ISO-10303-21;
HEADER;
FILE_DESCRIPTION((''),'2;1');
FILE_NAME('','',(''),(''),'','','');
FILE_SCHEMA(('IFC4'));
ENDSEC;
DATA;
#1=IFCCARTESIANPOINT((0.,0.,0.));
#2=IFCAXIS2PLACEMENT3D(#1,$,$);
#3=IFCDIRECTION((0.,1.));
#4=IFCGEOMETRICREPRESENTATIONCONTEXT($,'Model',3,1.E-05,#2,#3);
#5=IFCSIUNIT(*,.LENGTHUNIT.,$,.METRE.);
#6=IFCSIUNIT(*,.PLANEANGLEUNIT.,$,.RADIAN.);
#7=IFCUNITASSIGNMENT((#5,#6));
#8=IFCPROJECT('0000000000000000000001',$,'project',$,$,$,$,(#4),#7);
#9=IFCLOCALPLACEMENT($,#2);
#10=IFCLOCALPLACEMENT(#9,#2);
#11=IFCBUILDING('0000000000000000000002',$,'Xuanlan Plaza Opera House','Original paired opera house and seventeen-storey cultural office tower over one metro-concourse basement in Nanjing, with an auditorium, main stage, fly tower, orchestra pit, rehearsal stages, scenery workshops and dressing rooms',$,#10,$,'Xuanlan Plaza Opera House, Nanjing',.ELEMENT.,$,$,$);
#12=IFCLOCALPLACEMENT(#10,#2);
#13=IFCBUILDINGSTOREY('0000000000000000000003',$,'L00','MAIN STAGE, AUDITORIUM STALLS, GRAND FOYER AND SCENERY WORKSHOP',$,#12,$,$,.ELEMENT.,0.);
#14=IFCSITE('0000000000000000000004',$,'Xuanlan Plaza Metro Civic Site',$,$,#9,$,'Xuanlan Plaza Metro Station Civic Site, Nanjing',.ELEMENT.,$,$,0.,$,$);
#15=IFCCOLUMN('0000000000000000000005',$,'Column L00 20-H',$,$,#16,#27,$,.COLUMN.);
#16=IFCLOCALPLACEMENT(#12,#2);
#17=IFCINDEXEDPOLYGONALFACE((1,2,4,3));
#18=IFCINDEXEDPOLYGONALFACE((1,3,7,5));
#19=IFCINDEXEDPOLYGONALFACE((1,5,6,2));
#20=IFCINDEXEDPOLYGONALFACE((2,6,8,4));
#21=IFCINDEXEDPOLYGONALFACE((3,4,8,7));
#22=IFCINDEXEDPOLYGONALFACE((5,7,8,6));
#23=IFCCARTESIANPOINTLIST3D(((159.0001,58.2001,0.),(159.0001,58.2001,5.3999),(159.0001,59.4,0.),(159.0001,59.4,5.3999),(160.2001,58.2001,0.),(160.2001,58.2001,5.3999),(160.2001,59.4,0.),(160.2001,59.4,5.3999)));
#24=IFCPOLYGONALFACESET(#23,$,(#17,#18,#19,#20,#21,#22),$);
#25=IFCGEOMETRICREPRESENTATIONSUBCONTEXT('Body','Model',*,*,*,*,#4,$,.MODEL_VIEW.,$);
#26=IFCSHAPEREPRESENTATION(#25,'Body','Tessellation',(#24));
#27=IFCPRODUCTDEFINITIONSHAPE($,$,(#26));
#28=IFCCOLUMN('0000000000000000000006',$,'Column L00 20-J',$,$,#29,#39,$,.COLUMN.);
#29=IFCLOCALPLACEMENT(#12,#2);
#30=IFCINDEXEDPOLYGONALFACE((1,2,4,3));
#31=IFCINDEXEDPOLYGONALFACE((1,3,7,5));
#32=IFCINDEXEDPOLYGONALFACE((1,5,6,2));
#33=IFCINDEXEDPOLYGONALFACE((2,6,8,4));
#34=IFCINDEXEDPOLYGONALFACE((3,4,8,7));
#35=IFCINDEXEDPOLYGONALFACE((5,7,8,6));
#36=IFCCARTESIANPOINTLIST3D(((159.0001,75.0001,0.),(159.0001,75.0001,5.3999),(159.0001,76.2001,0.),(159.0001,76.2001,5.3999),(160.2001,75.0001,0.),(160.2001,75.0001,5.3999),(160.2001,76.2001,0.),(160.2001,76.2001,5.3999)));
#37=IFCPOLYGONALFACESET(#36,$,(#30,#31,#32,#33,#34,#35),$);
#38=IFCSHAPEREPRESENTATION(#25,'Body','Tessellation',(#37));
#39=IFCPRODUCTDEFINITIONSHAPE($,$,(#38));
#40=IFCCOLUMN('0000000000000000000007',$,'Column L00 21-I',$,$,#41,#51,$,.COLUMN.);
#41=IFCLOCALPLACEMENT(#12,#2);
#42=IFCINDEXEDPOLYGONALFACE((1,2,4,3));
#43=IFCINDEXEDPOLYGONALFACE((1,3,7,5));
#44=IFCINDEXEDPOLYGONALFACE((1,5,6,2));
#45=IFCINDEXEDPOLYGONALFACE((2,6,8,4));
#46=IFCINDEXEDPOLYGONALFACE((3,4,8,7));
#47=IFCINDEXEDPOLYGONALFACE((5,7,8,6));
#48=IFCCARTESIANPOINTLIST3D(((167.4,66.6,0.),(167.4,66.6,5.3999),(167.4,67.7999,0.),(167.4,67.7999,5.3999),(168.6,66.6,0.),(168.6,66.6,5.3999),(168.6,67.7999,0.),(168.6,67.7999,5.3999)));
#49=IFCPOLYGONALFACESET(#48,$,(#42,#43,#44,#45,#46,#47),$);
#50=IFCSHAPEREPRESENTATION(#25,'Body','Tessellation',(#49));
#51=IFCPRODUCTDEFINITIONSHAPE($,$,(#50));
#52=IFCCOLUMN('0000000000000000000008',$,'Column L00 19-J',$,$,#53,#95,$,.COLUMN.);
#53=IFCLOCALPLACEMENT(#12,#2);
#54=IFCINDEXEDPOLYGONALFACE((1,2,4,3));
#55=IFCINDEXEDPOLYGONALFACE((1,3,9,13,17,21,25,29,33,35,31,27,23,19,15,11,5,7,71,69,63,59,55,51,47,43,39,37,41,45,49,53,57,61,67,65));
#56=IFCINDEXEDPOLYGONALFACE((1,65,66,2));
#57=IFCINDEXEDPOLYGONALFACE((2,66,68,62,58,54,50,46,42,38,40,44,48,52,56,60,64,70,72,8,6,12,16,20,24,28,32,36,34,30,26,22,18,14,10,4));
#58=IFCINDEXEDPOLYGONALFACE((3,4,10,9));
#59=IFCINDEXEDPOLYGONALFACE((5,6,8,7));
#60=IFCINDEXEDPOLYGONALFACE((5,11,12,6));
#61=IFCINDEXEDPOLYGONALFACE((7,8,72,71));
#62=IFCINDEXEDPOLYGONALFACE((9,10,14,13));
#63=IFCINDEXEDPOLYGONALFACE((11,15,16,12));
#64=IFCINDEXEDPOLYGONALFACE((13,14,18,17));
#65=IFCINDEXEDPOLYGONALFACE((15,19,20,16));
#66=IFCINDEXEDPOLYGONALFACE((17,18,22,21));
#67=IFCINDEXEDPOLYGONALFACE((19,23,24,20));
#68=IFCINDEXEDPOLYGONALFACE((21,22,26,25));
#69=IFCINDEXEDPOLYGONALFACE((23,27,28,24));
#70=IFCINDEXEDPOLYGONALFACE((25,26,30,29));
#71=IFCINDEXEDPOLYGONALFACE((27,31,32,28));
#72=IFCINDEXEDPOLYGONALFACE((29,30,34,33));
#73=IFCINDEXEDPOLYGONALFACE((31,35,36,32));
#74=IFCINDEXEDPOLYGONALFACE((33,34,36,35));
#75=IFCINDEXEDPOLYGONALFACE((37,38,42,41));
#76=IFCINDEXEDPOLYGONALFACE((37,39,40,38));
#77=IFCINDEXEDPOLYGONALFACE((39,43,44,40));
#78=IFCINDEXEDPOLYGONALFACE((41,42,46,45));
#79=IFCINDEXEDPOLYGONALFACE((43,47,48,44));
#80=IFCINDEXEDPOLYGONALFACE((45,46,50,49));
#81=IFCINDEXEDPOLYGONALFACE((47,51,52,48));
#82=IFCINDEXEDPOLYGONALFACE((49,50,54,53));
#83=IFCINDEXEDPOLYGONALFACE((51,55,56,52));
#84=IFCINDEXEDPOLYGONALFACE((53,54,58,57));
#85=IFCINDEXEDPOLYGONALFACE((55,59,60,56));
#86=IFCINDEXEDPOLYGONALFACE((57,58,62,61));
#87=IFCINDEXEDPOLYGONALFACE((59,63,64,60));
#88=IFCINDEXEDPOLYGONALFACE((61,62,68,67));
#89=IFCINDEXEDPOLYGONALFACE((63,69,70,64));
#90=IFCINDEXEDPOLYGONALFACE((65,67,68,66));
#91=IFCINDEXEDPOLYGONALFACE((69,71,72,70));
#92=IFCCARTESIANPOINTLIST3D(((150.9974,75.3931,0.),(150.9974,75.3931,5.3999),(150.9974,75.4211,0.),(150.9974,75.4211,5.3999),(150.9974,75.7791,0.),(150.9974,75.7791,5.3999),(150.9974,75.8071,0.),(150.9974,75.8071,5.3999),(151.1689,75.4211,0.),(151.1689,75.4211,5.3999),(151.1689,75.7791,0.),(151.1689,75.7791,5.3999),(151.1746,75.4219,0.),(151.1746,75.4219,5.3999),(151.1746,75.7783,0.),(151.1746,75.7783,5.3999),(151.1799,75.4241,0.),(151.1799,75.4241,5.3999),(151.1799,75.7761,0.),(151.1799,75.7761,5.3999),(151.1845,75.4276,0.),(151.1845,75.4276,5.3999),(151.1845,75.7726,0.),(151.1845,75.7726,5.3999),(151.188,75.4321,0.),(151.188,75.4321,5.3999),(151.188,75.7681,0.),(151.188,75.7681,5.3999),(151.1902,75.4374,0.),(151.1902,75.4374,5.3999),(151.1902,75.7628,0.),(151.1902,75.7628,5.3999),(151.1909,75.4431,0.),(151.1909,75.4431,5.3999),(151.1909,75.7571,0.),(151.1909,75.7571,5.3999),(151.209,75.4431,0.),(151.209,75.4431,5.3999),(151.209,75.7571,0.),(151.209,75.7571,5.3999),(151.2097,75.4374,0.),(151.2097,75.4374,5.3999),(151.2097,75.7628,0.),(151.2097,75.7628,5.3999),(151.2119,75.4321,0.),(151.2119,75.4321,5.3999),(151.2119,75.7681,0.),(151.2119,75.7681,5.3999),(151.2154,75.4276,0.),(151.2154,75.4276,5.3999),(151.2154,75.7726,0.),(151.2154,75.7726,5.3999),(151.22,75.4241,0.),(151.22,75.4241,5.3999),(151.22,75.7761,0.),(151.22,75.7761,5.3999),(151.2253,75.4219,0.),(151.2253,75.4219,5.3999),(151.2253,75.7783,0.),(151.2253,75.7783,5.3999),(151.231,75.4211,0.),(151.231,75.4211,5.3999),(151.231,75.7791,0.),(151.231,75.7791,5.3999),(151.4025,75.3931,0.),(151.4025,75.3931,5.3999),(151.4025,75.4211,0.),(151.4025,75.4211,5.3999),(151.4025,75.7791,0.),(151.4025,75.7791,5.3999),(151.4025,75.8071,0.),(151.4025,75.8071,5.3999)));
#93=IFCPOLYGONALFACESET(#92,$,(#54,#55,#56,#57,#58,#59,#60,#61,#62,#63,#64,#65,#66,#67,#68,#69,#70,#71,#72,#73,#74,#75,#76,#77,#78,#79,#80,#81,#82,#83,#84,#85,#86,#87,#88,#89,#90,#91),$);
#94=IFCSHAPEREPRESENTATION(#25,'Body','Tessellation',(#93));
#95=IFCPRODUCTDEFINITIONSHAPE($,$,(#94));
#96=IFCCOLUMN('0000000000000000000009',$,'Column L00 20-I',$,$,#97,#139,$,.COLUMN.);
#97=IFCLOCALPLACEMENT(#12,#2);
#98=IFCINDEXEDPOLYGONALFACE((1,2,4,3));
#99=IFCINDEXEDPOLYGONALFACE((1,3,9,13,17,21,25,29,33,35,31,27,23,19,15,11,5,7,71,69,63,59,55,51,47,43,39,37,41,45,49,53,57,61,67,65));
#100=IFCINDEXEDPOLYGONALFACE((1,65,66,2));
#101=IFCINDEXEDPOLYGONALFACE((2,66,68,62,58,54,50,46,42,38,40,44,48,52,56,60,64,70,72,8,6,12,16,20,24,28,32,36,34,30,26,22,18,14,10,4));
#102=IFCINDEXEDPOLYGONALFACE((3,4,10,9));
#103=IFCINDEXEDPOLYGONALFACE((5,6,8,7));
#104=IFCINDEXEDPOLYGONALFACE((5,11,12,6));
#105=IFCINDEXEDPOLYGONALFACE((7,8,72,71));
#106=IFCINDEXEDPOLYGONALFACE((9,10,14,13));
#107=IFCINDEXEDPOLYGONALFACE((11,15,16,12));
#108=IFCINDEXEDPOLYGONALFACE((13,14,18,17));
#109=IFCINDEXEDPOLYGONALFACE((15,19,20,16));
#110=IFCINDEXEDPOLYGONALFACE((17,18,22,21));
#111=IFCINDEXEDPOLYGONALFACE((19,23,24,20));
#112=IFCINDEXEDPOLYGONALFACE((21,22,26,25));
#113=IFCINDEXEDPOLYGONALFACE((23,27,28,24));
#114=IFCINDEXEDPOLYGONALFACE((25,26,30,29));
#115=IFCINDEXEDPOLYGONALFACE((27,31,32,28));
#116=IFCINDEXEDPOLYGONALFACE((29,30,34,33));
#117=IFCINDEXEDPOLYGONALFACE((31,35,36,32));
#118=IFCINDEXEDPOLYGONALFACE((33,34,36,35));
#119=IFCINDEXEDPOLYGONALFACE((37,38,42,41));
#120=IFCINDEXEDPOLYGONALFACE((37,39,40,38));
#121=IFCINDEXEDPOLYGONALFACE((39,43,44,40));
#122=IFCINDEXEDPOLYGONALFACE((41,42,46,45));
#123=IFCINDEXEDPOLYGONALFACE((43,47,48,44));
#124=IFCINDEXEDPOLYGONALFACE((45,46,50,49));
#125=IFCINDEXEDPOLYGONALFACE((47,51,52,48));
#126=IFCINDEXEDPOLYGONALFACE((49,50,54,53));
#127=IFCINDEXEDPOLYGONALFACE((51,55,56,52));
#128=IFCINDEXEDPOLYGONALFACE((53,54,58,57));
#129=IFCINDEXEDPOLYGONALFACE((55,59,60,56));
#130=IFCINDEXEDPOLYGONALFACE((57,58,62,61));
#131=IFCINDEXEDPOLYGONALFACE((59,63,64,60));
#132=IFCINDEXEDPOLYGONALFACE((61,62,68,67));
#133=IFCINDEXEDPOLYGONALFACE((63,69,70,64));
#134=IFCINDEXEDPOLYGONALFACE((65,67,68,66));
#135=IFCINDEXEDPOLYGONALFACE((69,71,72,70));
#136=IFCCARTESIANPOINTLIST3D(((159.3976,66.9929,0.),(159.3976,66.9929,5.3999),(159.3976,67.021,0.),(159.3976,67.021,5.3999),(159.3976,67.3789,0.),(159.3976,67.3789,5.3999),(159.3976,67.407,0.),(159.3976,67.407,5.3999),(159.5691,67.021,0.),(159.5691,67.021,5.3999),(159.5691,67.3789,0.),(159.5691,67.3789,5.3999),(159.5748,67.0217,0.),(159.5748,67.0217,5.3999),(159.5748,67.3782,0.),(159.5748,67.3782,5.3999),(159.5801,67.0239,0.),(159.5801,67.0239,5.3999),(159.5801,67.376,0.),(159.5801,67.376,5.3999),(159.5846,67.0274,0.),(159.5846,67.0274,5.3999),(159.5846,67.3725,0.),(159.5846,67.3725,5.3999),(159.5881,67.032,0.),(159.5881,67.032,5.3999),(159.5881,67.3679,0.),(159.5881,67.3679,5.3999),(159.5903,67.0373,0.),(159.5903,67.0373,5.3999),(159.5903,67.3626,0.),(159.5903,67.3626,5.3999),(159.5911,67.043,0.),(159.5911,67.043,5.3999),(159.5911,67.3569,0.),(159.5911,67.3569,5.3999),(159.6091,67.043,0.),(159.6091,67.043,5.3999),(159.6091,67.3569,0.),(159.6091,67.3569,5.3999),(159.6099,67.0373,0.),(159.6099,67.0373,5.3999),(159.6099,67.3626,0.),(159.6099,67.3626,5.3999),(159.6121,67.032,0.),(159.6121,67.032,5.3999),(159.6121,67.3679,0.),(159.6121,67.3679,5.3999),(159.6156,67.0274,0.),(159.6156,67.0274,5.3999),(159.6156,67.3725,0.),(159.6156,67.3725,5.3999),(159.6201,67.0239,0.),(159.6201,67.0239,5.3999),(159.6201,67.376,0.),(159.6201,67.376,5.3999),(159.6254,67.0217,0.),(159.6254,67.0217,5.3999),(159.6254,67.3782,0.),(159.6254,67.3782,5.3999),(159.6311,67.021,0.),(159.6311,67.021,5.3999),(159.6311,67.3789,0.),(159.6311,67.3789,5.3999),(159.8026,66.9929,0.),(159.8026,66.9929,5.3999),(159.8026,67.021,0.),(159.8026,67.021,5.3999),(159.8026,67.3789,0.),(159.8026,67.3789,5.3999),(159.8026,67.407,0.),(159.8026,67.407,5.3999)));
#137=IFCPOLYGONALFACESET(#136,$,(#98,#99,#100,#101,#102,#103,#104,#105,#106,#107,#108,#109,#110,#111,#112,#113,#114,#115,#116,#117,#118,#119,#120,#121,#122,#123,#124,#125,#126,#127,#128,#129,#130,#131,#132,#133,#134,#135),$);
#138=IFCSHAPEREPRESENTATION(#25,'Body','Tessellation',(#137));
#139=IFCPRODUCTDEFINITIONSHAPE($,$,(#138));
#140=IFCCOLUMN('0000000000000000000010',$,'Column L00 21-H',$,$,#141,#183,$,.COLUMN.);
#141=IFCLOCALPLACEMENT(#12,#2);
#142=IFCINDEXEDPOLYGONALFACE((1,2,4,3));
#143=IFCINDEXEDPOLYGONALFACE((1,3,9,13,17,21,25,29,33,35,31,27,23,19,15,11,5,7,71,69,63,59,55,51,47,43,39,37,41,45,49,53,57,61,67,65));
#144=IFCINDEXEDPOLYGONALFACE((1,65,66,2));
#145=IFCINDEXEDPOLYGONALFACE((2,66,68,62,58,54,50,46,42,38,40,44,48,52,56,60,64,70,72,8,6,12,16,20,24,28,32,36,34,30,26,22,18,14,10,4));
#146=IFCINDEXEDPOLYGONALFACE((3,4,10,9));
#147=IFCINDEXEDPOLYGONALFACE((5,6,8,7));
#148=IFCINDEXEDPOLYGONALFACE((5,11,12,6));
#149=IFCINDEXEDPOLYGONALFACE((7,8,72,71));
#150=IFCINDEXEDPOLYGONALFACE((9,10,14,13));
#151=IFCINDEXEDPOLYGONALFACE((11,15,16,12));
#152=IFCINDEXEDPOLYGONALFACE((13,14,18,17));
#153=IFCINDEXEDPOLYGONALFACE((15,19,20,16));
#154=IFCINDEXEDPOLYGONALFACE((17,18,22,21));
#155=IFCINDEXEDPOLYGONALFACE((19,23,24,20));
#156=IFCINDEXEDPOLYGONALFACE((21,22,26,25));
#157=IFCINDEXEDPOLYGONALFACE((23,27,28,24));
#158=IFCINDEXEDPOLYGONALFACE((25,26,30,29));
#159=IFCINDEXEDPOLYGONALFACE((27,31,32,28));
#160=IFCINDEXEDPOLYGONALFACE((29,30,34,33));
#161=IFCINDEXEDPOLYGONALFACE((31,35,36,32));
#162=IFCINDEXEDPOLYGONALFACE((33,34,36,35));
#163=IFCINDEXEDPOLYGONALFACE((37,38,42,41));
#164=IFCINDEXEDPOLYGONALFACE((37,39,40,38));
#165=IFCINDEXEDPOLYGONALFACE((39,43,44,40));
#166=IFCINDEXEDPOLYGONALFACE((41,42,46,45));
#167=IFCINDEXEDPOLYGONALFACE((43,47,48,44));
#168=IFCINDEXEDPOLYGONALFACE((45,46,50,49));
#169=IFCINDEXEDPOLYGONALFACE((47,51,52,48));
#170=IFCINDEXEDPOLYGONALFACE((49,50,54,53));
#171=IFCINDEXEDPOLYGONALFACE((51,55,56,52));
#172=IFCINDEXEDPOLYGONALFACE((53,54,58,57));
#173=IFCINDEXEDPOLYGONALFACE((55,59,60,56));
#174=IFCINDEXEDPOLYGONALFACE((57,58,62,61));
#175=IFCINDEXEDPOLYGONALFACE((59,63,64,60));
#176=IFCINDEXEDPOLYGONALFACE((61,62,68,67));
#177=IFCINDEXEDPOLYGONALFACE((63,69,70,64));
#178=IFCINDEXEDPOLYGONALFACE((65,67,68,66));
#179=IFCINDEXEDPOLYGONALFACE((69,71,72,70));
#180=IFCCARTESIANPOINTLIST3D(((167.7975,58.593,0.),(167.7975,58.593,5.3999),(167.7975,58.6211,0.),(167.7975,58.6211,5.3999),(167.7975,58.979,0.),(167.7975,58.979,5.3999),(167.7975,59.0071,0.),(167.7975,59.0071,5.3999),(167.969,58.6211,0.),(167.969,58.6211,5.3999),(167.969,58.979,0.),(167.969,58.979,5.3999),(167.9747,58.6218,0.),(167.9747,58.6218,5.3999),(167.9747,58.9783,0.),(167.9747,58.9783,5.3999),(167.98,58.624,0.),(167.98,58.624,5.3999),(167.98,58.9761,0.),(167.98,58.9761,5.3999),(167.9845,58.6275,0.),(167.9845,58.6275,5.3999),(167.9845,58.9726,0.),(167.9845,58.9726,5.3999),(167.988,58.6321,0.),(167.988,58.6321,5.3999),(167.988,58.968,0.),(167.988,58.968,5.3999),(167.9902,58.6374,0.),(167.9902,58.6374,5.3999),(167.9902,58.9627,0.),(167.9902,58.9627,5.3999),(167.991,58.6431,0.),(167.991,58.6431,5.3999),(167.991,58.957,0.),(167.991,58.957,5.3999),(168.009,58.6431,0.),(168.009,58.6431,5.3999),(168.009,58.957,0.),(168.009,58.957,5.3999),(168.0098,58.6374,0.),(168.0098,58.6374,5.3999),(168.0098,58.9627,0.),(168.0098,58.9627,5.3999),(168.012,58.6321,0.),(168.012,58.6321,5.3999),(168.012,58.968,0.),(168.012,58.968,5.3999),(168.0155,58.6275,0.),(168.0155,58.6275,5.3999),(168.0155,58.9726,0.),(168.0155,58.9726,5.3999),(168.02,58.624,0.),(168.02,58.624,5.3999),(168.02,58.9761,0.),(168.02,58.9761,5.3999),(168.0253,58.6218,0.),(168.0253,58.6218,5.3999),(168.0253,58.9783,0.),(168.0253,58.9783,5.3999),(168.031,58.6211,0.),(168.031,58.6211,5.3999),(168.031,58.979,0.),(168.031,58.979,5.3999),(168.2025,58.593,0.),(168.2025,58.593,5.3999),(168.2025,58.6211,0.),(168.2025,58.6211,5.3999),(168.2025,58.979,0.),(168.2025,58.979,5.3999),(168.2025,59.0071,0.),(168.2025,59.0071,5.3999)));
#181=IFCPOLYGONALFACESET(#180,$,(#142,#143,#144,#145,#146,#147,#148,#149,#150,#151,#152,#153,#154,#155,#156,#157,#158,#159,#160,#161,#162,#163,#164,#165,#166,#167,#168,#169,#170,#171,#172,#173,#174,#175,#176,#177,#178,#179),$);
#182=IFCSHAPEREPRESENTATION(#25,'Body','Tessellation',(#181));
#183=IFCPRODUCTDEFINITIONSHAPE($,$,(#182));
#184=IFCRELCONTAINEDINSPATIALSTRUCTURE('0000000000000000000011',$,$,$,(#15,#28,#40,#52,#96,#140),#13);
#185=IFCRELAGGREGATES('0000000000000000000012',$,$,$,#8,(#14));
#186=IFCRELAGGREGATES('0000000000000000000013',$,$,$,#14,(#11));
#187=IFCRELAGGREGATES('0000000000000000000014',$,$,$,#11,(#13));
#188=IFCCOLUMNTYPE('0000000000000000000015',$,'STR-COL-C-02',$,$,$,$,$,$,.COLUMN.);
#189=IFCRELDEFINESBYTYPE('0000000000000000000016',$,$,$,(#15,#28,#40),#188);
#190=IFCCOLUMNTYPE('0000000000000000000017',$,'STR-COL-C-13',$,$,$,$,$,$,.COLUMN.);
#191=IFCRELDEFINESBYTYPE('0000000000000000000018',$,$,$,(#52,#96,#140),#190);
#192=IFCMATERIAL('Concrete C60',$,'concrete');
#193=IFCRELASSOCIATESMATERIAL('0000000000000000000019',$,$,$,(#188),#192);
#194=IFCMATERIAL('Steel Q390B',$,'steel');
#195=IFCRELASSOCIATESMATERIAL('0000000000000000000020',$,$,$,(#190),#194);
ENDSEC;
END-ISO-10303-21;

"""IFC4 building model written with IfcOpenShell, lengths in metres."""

from ifc_helpers import new_model, si_unit, direction, frame, origin, origin_2d, place, context, subcontext, project, spatial, rectangle, i_section, extrude, material, material_profile, profile_set, type_object, element, save


model = new_model("IFC4")

# Units and contexts
model_context = context("Model", 3, precision=1e-05, world=origin(), true_north=direction((0.0, 1.0)))
body_context = subcontext(model_context, "Body", "Model", "MODEL_VIEW")
ifc_project = project(units=[si_unit("LENGTHUNIT", "METRE"), si_unit("PLANEANGLEUNIT", "RADIAN")], contexts=[model_context])

# Site, building, storey
site_placement = place(None, origin())
site = spatial("IfcSite", under=ifc_project, at=site_placement, Name="Xuanlan Plaza Metro Civic Site", LongName="Xuanlan Plaza Metro Station Civic Site, Nanjing", CompositionType="ELEMENT", RefElevation=0.0)
building_placement = place(site_placement, origin())
building = spatial("IfcBuilding", under=site, at=building_placement, Name="Xuanlan Plaza Opera House", Description="Original paired opera house and seventeen-storey cultural office tower over one metro-concourse basement in Nanjing, with an auditorium, main stage, fly tower, orchestra pit, rehearsal stages, scenery workshops and dressing rooms", LongName="Xuanlan Plaza Opera House, Nanjing", CompositionType="ELEMENT")
storey_placement = place(building_placement, origin())
storey = spatial("IfcBuildingStorey", under=building, at=storey_placement, Name="L00", Description="MAIN STAGE, AUDITORIUM STALLS, GRAND FOYER AND SCENERY WORKSHOP", CompositionType="ELEMENT", Elevation=0.0)

# Columns
ifc_material_1 = material(Name="Concrete C60", Category="concrete")
ifc_material_profile_1 = material_profile(ifc_material_1, rectangle(XDim=1.2, YDim=1.2, at=origin_2d()), Name="RC-COL 1200x1200")
ifc_profile_set_1 = profile_set([ifc_material_profile_1], Name="Concrete C60")
column_type_1 = type_object("IfcColumnType", Name="STR-COL-C-02", PredefinedType="COLUMN", material=ifc_profile_set_1)
for number, where, z_axis, x_axis, name in (
    (1, (159.6001, 58.8, 0.0), (0.0, 0.0, 1.0), (1.0, 0.0, 0.0), "Column L00 20-H"),
    (2, (159.6001, 75.6001, 0.0), (0.0, 0.0, 1.0), (1.0, 0.0, 0.0), "Column L00 20-J"),
    (3, (168.0, 67.2, 0.0), (0.0, 0.0, 1.0), (1.0, 0.0, 0.0), "Column L00 21-I"),
):
    element("IfcColumn", number, at=place(storey_placement, frame(where, z_axis=z_axis, x_axis=x_axis)), inside=storey, type_object=column_type_1, Name=name, PredefinedType="COLUMN", context=body_context, shape_type="SweptSolid", body=[
        extrude(rectangle(XDim=1.2, YDim=1.2, at=origin_2d()), origin(), (0.0, 0.0, 1.0), 5.3999),
    ])
ifc_material_2 = material(Name="Steel Q390B", Category="steel")
ifc_material_profile_2 = material_profile(ifc_material_2, i_section(OverallWidth=0.405, OverallDepth=0.4141, WebThickness=0.0181, FlangeThickness=0.0281, FilletRadius=0.022, at=origin_2d()), Name="HW 414x405x18x28")
ifc_profile_set_2 = profile_set([ifc_material_profile_2], Name="Steel Q390B")
column_type_2 = type_object("IfcColumnType", Name="STR-COL-C-13", PredefinedType="COLUMN", material=ifc_profile_set_2)
for number, where, z_axis, x_axis, name in (
    (4, (151.2, 75.6001, 0.0), (0.0, 0.0, 1.0), (1.0, 0.0, 0.0), "Column L00 19-J"),
    (5, (159.6001, 67.2, 0.0), (0.0, 0.0, 1.0), (1.0, 0.0, 0.0), "Column L00 20-I"),
    (6, (168.0, 58.8, 0.0), (0.0, 0.0, 1.0), (1.0, 0.0, 0.0), "Column L00 21-H"),
):
    element("IfcColumn", number, at=place(storey_placement, frame(where, z_axis=z_axis, x_axis=x_axis)), inside=storey, type_object=column_type_2, Name=name, PredefinedType="COLUMN", context=body_context, shape_type="SweptSolid", body=[
        extrude(i_section(OverallWidth=0.405, OverallDepth=0.4141, WebThickness=0.0181, FlangeThickness=0.0281, FilletRadius=0.022, at=origin_2d()), origin(), (0.0, 0.0, 1.0), 5.3999),
    ])

save(model, "model.ifc")
